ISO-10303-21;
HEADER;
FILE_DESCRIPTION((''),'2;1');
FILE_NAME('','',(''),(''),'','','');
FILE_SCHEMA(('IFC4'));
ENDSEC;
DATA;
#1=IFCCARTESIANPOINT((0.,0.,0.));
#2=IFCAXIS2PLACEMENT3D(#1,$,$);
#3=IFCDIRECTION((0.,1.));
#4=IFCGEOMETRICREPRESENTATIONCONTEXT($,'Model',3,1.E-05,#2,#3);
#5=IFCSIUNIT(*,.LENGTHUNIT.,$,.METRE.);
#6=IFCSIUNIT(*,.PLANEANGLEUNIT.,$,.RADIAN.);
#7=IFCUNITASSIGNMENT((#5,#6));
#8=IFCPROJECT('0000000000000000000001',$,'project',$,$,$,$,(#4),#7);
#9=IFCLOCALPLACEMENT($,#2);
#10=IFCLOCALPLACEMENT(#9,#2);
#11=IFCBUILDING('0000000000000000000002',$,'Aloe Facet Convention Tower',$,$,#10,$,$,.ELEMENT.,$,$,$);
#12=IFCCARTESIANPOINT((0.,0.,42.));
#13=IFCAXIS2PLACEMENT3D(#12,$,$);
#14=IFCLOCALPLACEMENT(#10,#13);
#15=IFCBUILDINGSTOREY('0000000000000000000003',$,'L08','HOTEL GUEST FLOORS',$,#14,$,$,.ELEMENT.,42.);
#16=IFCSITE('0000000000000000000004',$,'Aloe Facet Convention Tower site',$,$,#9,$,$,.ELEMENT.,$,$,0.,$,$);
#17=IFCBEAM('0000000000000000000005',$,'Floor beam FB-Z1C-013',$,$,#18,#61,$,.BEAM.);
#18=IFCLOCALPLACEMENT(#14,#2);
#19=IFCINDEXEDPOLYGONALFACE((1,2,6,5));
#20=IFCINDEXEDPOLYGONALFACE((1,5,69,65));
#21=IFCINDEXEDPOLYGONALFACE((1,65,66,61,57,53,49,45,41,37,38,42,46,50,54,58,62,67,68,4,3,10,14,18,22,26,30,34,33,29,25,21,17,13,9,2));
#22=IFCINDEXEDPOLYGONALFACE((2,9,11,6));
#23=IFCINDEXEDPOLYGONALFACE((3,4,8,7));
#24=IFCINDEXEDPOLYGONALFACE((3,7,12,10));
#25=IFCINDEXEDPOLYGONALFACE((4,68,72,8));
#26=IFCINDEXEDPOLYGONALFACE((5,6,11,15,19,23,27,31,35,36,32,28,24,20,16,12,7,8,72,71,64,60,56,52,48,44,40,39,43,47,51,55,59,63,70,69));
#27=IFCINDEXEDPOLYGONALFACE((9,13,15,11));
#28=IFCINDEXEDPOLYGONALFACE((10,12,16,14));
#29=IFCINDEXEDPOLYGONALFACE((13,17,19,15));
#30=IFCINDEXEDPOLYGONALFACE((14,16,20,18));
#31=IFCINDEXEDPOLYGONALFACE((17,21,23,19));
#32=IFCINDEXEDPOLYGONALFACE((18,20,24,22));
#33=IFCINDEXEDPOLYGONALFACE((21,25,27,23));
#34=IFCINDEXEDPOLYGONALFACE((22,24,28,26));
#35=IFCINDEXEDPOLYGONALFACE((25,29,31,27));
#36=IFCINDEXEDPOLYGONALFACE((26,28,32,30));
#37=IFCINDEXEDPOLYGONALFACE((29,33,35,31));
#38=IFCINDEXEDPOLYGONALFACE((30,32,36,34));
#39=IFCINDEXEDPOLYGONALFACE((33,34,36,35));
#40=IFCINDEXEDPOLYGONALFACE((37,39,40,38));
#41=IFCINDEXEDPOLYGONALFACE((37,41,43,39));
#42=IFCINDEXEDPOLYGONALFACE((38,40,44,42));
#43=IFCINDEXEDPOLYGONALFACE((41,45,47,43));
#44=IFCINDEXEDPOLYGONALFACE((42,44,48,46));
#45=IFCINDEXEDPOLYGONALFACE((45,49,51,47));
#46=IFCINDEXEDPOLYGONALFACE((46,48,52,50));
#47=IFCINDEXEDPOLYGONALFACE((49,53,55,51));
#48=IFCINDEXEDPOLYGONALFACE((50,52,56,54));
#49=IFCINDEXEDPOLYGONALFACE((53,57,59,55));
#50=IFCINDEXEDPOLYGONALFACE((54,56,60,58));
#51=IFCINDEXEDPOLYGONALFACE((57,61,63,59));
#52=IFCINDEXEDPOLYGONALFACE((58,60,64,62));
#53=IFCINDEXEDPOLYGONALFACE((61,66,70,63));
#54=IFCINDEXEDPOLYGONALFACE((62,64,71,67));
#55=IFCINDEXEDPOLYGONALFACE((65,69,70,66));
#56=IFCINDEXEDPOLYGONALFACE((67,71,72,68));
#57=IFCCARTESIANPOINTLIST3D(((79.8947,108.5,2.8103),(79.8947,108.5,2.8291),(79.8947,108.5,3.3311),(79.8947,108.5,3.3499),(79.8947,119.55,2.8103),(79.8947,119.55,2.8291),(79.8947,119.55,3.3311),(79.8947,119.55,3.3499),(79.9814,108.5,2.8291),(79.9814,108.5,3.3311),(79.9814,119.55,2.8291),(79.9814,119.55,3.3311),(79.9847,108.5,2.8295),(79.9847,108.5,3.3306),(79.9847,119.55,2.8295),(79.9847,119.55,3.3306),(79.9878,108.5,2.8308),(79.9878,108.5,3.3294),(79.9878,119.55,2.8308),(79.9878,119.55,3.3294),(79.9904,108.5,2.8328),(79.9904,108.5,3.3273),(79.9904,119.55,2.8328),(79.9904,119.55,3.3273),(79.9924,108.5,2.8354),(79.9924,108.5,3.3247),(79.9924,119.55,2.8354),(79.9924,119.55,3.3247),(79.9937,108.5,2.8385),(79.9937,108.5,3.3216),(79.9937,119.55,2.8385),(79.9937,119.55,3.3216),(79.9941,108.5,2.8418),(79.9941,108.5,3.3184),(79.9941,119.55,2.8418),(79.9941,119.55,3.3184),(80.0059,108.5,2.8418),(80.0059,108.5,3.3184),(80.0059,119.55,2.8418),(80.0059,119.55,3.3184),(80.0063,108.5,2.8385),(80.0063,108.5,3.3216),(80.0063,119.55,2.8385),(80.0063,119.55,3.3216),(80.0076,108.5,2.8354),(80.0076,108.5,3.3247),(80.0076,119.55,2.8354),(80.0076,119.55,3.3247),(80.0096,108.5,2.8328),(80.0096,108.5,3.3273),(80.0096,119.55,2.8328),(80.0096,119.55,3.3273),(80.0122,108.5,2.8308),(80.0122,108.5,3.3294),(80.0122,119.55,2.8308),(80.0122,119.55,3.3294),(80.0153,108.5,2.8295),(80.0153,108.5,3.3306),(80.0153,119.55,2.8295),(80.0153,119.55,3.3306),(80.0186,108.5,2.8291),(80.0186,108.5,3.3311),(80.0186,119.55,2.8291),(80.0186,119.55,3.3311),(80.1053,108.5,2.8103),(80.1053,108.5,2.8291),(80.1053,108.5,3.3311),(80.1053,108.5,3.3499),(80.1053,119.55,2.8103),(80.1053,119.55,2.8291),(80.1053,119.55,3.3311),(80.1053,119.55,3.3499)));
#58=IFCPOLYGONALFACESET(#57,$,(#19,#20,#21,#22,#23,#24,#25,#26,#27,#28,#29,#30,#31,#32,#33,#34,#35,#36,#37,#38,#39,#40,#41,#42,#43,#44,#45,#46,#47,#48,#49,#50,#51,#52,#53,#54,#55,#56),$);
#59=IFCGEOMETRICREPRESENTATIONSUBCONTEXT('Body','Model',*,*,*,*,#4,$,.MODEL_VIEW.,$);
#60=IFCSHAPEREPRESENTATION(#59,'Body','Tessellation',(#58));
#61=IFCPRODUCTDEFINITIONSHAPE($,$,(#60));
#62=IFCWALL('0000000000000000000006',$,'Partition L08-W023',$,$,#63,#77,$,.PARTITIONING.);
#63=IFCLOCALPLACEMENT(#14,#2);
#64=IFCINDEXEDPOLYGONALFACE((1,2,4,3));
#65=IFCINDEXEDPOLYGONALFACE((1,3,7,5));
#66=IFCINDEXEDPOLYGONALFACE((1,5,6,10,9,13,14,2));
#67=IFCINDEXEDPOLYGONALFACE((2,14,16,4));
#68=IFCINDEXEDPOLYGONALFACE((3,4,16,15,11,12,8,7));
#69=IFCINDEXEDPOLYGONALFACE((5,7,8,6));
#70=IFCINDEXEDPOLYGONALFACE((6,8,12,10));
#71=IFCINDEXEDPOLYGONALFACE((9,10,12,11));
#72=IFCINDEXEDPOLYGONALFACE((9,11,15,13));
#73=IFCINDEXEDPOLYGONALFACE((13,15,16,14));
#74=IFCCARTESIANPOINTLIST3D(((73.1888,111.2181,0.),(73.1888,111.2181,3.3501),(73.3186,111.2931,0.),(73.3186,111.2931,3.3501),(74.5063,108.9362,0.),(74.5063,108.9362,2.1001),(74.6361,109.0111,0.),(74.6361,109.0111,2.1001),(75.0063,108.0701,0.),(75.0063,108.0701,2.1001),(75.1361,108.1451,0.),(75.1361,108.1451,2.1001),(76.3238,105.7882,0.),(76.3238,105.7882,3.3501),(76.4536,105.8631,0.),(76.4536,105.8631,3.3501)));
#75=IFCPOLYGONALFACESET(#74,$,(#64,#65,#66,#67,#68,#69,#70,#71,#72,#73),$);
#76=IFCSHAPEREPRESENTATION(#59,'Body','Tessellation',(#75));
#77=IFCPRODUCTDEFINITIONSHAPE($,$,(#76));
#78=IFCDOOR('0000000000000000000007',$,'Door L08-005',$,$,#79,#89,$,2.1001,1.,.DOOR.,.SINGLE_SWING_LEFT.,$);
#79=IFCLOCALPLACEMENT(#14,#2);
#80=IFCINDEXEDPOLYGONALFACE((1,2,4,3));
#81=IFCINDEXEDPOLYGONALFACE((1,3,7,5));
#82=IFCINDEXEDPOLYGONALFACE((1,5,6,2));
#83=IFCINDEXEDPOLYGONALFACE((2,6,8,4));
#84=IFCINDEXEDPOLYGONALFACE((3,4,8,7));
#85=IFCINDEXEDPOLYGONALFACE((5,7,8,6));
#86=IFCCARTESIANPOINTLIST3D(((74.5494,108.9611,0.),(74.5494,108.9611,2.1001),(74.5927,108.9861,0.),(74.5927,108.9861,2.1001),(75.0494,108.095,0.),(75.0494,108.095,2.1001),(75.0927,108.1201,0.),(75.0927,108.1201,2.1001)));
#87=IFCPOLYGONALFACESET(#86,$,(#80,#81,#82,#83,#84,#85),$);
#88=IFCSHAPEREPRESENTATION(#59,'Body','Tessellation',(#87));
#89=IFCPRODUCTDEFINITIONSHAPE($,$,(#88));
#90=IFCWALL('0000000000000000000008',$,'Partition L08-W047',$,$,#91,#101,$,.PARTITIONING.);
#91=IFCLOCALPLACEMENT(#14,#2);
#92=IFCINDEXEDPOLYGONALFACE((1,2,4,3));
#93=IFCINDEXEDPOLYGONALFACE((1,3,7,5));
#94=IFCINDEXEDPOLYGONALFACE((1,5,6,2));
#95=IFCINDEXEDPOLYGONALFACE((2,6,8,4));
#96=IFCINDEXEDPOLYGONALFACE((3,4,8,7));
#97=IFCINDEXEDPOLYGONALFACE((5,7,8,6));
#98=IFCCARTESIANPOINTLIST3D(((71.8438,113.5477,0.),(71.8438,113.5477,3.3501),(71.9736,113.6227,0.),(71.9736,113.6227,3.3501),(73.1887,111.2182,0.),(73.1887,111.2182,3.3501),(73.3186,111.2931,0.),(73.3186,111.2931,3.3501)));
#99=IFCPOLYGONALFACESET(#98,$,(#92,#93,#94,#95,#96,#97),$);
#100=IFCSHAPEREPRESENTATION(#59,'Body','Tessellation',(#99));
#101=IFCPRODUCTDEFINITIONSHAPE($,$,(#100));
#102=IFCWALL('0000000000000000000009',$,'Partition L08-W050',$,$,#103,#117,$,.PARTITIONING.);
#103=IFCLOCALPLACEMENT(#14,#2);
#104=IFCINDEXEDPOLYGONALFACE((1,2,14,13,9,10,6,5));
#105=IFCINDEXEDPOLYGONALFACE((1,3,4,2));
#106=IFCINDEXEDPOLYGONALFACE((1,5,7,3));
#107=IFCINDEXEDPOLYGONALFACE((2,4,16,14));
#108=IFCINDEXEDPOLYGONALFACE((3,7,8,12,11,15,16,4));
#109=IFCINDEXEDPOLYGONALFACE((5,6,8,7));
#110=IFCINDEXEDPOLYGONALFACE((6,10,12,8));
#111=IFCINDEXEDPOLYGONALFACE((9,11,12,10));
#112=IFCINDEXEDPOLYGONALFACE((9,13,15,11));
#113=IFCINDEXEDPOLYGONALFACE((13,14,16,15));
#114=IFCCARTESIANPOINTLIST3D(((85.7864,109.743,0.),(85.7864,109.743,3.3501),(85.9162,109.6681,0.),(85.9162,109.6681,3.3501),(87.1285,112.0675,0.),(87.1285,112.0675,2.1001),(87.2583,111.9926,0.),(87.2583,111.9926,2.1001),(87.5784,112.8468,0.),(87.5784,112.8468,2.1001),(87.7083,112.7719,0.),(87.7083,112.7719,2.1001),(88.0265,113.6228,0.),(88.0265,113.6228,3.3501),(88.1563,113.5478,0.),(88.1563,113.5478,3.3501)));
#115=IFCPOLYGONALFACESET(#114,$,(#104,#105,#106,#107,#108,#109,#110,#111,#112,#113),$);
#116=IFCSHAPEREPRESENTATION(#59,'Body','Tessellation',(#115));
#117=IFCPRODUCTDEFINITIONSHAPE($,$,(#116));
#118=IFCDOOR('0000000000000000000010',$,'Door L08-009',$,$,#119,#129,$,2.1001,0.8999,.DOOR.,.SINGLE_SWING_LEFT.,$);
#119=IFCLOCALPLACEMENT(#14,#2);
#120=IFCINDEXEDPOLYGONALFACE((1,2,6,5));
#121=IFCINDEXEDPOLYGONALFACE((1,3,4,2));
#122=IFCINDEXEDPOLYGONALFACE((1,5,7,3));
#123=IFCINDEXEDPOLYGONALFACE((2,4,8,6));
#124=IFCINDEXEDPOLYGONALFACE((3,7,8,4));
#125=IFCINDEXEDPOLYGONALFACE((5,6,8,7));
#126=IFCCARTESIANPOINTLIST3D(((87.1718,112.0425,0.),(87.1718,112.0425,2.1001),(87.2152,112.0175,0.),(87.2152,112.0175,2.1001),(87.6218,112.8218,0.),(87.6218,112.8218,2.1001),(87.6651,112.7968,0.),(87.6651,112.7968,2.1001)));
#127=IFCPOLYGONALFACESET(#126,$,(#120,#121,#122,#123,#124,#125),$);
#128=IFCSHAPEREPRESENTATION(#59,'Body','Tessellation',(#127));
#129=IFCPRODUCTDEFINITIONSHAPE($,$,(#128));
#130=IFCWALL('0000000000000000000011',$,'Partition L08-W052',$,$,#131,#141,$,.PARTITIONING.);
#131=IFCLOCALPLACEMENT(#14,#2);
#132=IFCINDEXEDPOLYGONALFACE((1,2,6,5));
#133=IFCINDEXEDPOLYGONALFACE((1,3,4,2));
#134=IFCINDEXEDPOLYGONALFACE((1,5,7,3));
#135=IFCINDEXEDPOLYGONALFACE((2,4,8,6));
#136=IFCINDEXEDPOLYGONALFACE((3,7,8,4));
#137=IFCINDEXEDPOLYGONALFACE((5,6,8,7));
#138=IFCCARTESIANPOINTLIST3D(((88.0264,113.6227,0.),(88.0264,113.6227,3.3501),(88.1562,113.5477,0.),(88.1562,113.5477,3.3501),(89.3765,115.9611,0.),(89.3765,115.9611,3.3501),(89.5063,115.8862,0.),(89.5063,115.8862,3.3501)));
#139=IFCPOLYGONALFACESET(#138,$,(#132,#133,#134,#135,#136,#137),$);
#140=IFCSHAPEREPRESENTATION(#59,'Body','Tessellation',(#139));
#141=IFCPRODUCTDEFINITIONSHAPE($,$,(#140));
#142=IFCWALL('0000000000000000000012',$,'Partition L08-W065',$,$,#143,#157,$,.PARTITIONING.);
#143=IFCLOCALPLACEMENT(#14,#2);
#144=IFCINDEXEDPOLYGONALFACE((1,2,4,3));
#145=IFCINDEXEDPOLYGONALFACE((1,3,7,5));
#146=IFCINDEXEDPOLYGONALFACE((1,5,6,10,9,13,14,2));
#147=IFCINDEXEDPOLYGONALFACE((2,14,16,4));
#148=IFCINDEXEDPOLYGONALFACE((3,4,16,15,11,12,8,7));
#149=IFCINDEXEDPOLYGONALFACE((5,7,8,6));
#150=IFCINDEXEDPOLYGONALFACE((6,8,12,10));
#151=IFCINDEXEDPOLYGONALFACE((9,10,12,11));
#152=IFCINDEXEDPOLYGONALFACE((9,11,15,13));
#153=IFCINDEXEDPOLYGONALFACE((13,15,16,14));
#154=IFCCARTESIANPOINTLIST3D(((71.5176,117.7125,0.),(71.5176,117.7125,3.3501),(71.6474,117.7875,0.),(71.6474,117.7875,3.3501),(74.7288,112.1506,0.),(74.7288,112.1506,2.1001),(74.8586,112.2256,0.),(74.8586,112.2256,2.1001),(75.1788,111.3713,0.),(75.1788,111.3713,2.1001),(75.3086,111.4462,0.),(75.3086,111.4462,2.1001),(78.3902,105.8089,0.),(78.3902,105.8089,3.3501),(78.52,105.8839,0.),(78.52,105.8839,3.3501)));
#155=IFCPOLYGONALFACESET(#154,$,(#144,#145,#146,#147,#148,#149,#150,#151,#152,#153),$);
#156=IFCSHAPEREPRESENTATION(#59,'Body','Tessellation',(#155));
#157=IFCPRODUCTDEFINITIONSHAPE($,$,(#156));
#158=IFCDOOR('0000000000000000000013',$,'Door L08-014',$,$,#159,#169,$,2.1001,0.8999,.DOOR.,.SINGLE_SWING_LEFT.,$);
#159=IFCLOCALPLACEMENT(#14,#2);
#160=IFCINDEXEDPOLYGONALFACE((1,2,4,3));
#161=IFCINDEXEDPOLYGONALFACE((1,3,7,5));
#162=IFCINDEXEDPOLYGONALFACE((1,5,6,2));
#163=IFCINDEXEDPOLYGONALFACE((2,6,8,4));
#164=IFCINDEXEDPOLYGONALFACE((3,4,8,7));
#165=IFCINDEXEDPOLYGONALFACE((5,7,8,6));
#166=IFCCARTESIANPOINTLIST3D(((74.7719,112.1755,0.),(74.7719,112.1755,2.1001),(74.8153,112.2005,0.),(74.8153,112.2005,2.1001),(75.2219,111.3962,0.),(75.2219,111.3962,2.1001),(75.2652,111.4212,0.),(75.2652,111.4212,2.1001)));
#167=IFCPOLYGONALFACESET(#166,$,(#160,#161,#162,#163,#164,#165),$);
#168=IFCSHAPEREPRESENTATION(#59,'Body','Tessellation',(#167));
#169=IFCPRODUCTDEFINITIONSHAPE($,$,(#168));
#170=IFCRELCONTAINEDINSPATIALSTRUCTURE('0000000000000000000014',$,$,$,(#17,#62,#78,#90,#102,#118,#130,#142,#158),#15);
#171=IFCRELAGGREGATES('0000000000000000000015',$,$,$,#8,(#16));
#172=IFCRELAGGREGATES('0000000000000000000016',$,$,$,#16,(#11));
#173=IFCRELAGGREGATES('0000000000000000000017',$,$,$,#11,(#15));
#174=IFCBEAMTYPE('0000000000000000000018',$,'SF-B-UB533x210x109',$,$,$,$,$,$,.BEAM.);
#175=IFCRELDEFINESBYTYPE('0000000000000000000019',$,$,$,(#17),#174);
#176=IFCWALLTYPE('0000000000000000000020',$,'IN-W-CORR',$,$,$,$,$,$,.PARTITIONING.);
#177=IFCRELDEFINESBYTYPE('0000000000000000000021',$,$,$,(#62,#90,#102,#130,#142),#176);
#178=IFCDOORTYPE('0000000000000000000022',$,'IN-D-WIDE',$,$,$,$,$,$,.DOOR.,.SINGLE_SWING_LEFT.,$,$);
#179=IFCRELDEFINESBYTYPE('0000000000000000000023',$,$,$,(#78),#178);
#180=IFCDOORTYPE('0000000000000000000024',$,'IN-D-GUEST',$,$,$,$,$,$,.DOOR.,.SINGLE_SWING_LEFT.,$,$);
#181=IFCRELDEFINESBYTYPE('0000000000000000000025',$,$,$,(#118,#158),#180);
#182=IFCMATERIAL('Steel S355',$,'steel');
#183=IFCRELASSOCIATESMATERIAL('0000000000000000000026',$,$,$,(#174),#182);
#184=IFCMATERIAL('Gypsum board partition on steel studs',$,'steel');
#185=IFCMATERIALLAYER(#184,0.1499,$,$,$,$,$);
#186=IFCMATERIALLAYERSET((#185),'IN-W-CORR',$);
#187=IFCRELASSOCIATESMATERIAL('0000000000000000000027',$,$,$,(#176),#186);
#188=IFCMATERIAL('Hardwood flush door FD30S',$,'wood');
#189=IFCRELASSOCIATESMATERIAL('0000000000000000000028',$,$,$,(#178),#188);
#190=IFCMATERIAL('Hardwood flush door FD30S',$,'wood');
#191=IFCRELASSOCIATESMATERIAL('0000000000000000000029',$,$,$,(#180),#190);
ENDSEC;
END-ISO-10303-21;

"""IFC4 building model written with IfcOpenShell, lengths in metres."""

from ifc_helpers import new_model, si_unit, direction, frame, frame_2d, origin, origin_2d, place, context, subcontext, project, spatial, rectangle, i_section, extrude, material, layer, layer_set, material_profile, profile_set, type_object, element, fill, save


model = new_model("IFC4")

# Units and contexts
model_context = context("Model", 3, precision=1e-05, world=origin(), true_north=direction((0.0, 1.0)))
body_context = subcontext(model_context, "Body", "Model", "MODEL_VIEW")
ifc_project = project(units=[si_unit("LENGTHUNIT", "METRE"), si_unit("PLANEANGLEUNIT", "RADIAN")], contexts=[model_context])

# Site, building, storey
site_placement = place(None, origin())
site = spatial("IfcSite", under=ifc_project, at=site_placement, Name="Aloe Facet Convention Tower site", CompositionType="ELEMENT", RefElevation=0.0)
building_placement = place(site_placement, origin())
building = spatial("IfcBuilding", under=site, at=building_placement, Name="Aloe Facet Convention Tower", CompositionType="ELEMENT")
storey_placement = place(building_placement, frame((0.0, 0.0, 42.0)))
storey = spatial("IfcBuildingStorey", under=building, at=storey_placement, Name="L08", Description="HOTEL GUEST FLOORS", CompositionType="ELEMENT", Elevation=42.0)

# Beam
ifc_material_1 = material(Name="Steel S355", Category="steel")
ifc_material_profile_1 = material_profile(ifc_material_1, i_section(OverallWidth=0.2107, OverallDepth=0.5396, WebThickness=0.0117, FlangeThickness=0.0188, FilletRadius=0.0127, at=origin_2d()), Name="UB 533x210x109")
ifc_profile_set_1 = profile_set([ifc_material_profile_1], Name="Steel S355")
beam_type_1 = type_object("IfcBeamType", Name="SF-B-UB533x210x109", PredefinedType="BEAM", material=ifc_profile_set_1)
beam_placement = place(storey_placement, frame((80.0, 119.55, 3.0801), z_axis=(0.0, -1.0, 0.0), x_axis=(1.0, 0.0, 0.0)))
element("IfcBeam", 1, at=beam_placement, inside=storey, type_object=beam_type_1, Name="Floor beam FB-Z1C-013", PredefinedType="BEAM", context=body_context, shape_type="SweptSolid", body=[
    extrude(i_section(OverallWidth=0.2107, OverallDepth=0.5396, WebThickness=0.0117, FlangeThickness=0.0188, FilletRadius=0.0127, at=origin_2d()), origin(), (0.0, 0.0, 1.0), 11.05),
])

# Wall, opening, door
ifc_material_2 = material(Name="Gypsum board partition on steel studs", Category="steel")
ifc_layer_1 = layer(ifc_material_2, 0.1499)
ifc_layer_set_1 = layer_set([ifc_layer_1], Name="IN-W-CORR")
wall_type_1 = type_object("IfcWallType", Name="IN-W-CORR", PredefinedType="PARTITIONING", material=ifc_layer_set_1)
wall_1_placement = place(storey_placement, frame((73.2537, 111.2556, 0.0), z_axis=(0.0, 0.0, 1.0), x_axis=(0.500004, -0.866023, 0.0)))
wall_1 = element("IfcWall", 2, at=wall_1_placement, inside=storey, type_object=wall_type_1, Name="Partition L08-W023", PredefinedType="PARTITIONING", context=body_context, shape_type="SweptSolid", body=[
    extrude(rectangle(XDim=6.27, YDim=0.1499, at=frame_2d((3.135, 0.0))), origin(), (0.0, 0.0, 1.0), 3.3501),
])
opening_1_placement = place(wall_1_placement, frame((2.635, 0.0, 0.0)))
opening_1 = element("IfcOpeningElement", 3, at=opening_1_placement, cuts=wall_1, PredefinedType="OPENING", context=body_context, shape_type="SweptSolid", body=[
    extrude(rectangle(XDim=1.0, YDim=2.1001, at=frame_2d((0.5, 1.05))), frame((0.0, 0.085, 0.0), z_axis=(0.0, -1.0, 0.0), x_axis=(1.0, 0.0, 0.0)), (0.0, 0.0, 1.0), 0.1699),
])
ifc_material_3 = material(Name="Hardwood flush door FD30S", Category="wood")
door_type_1 = type_object("IfcDoorType", Name="IN-D-WIDE", OperationType="SINGLE_SWING_LEFT", PredefinedType="DOOR", material=ifc_material_3)
door_1_placement = place(opening_1_placement, origin())
door_1 = element("IfcDoor", 4, at=door_1_placement, inside=storey, type_object=door_type_1, Name="Door L08-005", OperationType="SINGLE_SWING_LEFT", OverallHeight=2.1001, OverallWidth=1.0, PredefinedType="DOOR", context=body_context, shape_type="SweptSolid", body=[
    extrude(rectangle(XDim=1.0, YDim=2.1001, at=frame_2d((0.5, 1.05))), frame((0.0, 0.0249, 0.0), z_axis=(0.0, -1.0, 0.0), x_axis=(1.0, 0.0, 0.0)), (0.0, 0.0, 1.0), 0.05),
])
fill(opening_1, door_1)

# Wall
wall_2_placement = place(storey_placement, frame((71.9087, 113.5852, 0.0), z_axis=(0.0, 0.0, 1.0), x_axis=(0.499995, -0.866028, 0.0)))
element("IfcWall", 5, at=wall_2_placement, inside=storey, type_object=wall_type_1, Name="Partition L08-W047", PredefinedType="PARTITIONING", context=body_context, shape_type="SweptSolid", body=[
    extrude(rectangle(XDim=2.6899, YDim=0.1499, at=frame_2d((1.345, 0.0))), origin(), (0.0, 0.0, 1.0), 3.3501),
])

# Wall, opening, door
wall_3_placement = place(storey_placement, frame((85.8513, 109.7056, 0.0), z_axis=(0.0, 0.0, 1.0), x_axis=(0.500013, 0.866018, 0.0)))
wall_3 = element("IfcWall", 6, at=wall_3_placement, inside=storey, type_object=wall_type_1, Name="Partition L08-W050", PredefinedType="PARTITIONING", context=body_context, shape_type="SweptSolid", body=[
    extrude(rectangle(XDim=4.48, YDim=0.1499, at=frame_2d((2.24, 0.0))), origin(), (0.0, 0.0, 1.0), 3.3501),
])
opening_2_placement = place(wall_3_placement, frame((2.6841, 0.0, 0.0)))
opening_2 = element("IfcOpeningElement", 7, at=opening_2_placement, cuts=wall_3, PredefinedType="OPENING", context=body_context, shape_type="SweptSolid", body=[
    extrude(rectangle(XDim=0.8999, YDim=2.1001, at=frame_2d((0.45, 1.05))), frame((0.0, 0.085, 0.0), z_axis=(0.0, -1.0, 0.0), x_axis=(1.0, 0.0, 0.0)), (0.0, 0.0, 1.0), 0.1699),
])
ifc_material_4 = material(Name="Hardwood flush door FD30S", Category="wood")
door_type_2 = type_object("IfcDoorType", Name="IN-D-GUEST", OperationType="SINGLE_SWING_LEFT", PredefinedType="DOOR", material=ifc_material_4)
door_2_placement = place(opening_2_placement, origin())
door_2 = element("IfcDoor", 8, at=door_2_placement, inside=storey, type_object=door_type_2, Name="Door L08-009", OperationType="SINGLE_SWING_LEFT", OverallHeight=2.1001, OverallWidth=0.8999, PredefinedType="DOOR", context=body_context, shape_type="SweptSolid", body=[
    extrude(rectangle(XDim=0.8999, YDim=2.1001, at=frame_2d((0.45, 1.05))), frame((0.0, 0.0249, 0.0), z_axis=(0.0, -1.0, 0.0), x_axis=(1.0, 0.0, 0.0)), (0.0, 0.0, 1.0), 0.05),
])
fill(opening_2, door_2)

# Wall
wall_4_placement = place(storey_placement, frame((88.0913, 113.5852, 0.0), z_axis=(0.0, 0.0, 1.0), x_axis=(0.500009, 0.86602, 0.0)))
element("IfcWall", 9, at=wall_4_placement, inside=storey, type_object=wall_type_1, Name="Partition L08-W052", PredefinedType="PARTITIONING", context=body_context, shape_type="SweptSolid", body=[
    extrude(rectangle(XDim=2.7002, YDim=0.1499, at=frame_2d((1.3501, 0.0))), origin(), (0.0, 0.0, 1.0), 3.3501),
])

# Wall, opening, door
wall_5_placement = place(storey_placement, frame((71.5825, 117.75, 0.0), z_axis=(0.0, 0.0, 1.0), x_axis=(0.500002, -0.866024, 0.0)))
wall_5 = element("IfcWall", 10, at=wall_5_placement, inside=storey, type_object=wall_type_1, Name="Partition L08-W065", PredefinedType="PARTITIONING", context=body_context, shape_type="SweptSolid", body=[
    extrude(rectangle(XDim=13.7451, YDim=0.1499, at=frame_2d((6.8726, 0.0))), origin(), (0.0, 0.0, 1.0), 3.3501),
])
opening_3_placement = place(wall_5_placement, frame((6.4224, 0.0, 0.0)))
opening_3 = element("IfcOpeningElement", 11, at=opening_3_placement, cuts=wall_5, PredefinedType="OPENING", context=body_context, shape_type="SweptSolid", body=[
    extrude(rectangle(XDim=0.8999, YDim=2.1001, at=frame_2d((0.45, 1.05))), frame((0.0, 0.085, 0.0), z_axis=(0.0, -1.0, 0.0), x_axis=(1.0, 0.0, 0.0)), (0.0, 0.0, 1.0), 0.1699),
])
door_3_placement = place(opening_3_placement, origin())
door_3 = element("IfcDoor", 12, at=door_3_placement, inside=storey, type_object=door_type_2, Name="Door L08-014", OperationType="SINGLE_SWING_LEFT", OverallHeight=2.1001, OverallWidth=0.8999, PredefinedType="DOOR", context=body_context, shape_type="SweptSolid", body=[
    extrude(rectangle(XDim=0.8999, YDim=2.1001, at=frame_2d((0.45, 1.05))), frame((0.0, 0.0249, 0.0), z_axis=(0.0, -1.0, 0.0), x_axis=(1.0, 0.0, 0.0)), (0.0, 0.0, 1.0), 0.05),
])
fill(opening_3, door_3)

save(model, "model.ifc")
